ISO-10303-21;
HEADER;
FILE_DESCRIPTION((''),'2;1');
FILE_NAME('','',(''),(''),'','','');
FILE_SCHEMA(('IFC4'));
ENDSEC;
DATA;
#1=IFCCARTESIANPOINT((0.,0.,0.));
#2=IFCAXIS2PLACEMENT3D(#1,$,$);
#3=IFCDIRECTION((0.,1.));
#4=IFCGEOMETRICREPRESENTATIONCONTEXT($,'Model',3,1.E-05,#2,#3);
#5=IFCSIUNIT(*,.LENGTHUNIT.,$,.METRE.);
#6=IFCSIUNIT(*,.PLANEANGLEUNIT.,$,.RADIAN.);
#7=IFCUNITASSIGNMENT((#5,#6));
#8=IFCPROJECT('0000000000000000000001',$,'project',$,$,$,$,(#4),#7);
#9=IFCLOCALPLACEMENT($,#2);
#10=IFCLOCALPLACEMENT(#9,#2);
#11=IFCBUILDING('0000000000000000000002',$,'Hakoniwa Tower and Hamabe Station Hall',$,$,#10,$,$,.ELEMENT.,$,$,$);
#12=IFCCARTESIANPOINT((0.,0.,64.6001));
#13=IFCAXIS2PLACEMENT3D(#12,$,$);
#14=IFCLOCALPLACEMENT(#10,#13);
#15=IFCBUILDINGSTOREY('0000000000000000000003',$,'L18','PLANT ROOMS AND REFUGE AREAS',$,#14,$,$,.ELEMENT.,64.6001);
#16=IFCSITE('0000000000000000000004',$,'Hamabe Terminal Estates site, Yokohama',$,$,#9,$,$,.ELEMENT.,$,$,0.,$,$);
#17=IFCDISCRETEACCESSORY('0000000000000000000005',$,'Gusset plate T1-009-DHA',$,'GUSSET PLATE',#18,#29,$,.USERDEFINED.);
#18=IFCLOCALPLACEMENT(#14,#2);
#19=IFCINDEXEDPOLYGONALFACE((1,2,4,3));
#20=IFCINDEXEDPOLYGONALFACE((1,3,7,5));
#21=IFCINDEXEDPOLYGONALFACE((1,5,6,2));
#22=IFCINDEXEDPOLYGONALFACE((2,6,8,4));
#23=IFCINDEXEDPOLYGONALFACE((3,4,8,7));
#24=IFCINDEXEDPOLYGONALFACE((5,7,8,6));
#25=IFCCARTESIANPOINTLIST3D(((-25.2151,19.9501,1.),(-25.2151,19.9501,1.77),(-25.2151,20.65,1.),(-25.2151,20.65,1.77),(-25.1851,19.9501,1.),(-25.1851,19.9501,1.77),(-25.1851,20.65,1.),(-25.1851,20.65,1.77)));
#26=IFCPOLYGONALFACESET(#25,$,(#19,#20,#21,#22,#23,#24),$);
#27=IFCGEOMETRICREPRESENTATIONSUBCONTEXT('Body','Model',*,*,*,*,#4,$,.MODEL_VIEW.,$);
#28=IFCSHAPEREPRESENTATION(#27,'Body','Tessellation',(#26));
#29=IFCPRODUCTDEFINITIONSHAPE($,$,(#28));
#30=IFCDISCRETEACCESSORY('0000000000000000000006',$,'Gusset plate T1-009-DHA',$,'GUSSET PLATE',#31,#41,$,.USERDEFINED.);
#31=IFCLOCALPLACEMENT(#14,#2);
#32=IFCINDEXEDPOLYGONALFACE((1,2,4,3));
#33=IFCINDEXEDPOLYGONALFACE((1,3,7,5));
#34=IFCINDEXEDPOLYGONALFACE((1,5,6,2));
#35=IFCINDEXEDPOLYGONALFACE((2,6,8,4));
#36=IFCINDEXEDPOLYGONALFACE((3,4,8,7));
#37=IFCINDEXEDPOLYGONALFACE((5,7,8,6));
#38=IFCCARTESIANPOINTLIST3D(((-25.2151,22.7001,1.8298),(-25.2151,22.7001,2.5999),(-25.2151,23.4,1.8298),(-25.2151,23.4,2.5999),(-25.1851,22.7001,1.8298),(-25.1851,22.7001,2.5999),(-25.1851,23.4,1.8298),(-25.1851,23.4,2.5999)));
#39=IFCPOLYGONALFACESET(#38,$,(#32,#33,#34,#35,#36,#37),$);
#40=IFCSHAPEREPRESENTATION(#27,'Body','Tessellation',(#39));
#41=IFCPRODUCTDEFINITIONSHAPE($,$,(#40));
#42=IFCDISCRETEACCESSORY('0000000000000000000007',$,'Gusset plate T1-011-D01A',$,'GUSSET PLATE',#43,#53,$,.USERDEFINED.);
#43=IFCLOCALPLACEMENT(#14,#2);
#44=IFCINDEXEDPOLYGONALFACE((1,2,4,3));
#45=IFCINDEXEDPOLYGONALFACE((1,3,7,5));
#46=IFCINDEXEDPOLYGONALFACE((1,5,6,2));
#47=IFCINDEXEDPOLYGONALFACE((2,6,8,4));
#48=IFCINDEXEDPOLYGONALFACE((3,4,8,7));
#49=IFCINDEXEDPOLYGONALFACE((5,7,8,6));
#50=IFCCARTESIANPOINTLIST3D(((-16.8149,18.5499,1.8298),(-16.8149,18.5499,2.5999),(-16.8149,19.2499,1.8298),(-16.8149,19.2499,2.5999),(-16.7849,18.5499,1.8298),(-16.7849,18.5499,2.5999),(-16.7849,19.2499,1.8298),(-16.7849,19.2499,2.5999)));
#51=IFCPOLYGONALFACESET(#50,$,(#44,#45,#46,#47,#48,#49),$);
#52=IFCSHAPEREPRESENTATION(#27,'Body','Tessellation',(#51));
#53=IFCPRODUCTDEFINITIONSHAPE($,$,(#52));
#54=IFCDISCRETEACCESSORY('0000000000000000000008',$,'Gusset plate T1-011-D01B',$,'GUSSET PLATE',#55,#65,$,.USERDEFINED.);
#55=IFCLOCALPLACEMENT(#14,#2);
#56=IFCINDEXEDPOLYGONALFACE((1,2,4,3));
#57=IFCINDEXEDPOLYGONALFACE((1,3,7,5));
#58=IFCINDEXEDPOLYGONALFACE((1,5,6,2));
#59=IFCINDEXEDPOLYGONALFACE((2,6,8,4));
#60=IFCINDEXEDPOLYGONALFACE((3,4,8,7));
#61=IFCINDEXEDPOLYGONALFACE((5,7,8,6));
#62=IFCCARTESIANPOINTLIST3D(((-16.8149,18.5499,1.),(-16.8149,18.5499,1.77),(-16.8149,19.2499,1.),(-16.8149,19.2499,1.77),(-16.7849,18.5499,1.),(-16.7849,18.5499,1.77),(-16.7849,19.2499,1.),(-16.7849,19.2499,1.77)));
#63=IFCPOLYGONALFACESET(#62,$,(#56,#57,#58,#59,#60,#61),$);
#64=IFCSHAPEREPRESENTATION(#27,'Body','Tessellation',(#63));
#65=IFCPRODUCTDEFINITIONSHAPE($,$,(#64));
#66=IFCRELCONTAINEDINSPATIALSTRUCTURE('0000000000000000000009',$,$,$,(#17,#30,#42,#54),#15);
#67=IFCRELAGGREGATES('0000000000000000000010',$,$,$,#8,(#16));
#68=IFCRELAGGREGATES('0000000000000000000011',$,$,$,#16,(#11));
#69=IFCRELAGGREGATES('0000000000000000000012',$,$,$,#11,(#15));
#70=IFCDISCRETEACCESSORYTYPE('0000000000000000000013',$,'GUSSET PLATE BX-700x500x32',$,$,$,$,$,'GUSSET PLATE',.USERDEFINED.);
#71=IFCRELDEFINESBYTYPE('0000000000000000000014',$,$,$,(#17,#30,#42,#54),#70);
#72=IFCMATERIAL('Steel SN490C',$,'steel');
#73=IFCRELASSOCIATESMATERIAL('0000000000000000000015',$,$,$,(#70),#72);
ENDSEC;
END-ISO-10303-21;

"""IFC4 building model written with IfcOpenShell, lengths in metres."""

from ifc_helpers import new_model, si_unit, direction, frame, origin, origin_2d, place, context, subcontext, project, spatial, rectangle, extrude, material, material_profile, profile_set, type_object, element, save


model = new_model("IFC4")

# Units and contexts
model_context = context("Model", 3, precision=1e-05, world=origin(), true_north=direction((0.0, 1.0)))
body_context = subcontext(model_context, "Body", "Model", "MODEL_VIEW")
ifc_project = project(units=[si_unit("LENGTHUNIT", "METRE"), si_unit("PLANEANGLEUNIT", "RADIAN")], contexts=[model_context])

# Site, building, storey
site_placement = place(None, origin())
site = spatial("IfcSite", under=ifc_project, at=site_placement, Name="Hamabe Terminal Estates site, Yokohama", CompositionType="ELEMENT", RefElevation=0.0)
building_placement = place(site_placement, origin())
building = spatial("IfcBuilding", under=site, at=building_placement, Name="Hakoniwa Tower and Hamabe Station Hall", CompositionType="ELEMENT")
storey_placement = place(building_placement, frame((0.0, 0.0, 64.6001)))
storey = spatial("IfcBuildingStorey", under=building, at=storey_placement, Name="L18", Description="PLANT ROOMS AND REFUGE AREAS", CompositionType="ELEMENT", Elevation=64.6001)

# Discrete accessories
ifc_material_1 = material(Name="Steel SN490C", Category="steel")
ifc_material_profile_1 = material_profile(ifc_material_1, rectangle(XDim=0.7, YDim=0.77, at=origin_2d()), Name="GUSSET PLATE BX-700x500x32")
ifc_profile_set_1 = profile_set([ifc_material_profile_1], Name="Steel SN490C")
discrete_accessory_type = type_object("IfcDiscreteAccessoryType", Name="GUSSET PLATE BX-700x500x32", ElementType="GUSSET PLATE", PredefinedType="USERDEFINED", material=ifc_profile_set_1)
for number, where, z_axis, x_axis, name in (
    (1, (-25.1851, 20.3, 1.385), (-1.0, 0.0, 0.0), (0.0, -1.0, 0.0), "Gusset plate T1-009-DHA"),
    (2, (-25.1851, 23.05, 2.2148), (-1.0, 0.0, 0.0), (0.0, -1.0, 0.0), "Gusset plate T1-009-DHA"),
    (3, (-16.7849, 18.8999, 2.2148), (-1.0, 0.0, 0.0), (0.0, -1.0, 0.0), "Gusset plate T1-011-D01A"),
    (4, (-16.7849, 18.8999, 1.385), (-1.0, 0.0, 0.0), (0.0, -1.0, 0.0), "Gusset plate T1-011-D01B"),
):
    element("IfcDiscreteAccessory", number, at=place(storey_placement, frame(where, z_axis=z_axis, x_axis=x_axis)), inside=storey, type_object=discrete_accessory_type, Name=name, ObjectType="GUSSET PLATE", PredefinedType="USERDEFINED", context=body_context, shape_type="SweptSolid", body=[
        extrude(rectangle(XDim=0.7, YDim=0.77, at=origin_2d()), origin(), (0.0, 0.0, 1.0), 0.03),
    ])

save(model, "model.ifc")
